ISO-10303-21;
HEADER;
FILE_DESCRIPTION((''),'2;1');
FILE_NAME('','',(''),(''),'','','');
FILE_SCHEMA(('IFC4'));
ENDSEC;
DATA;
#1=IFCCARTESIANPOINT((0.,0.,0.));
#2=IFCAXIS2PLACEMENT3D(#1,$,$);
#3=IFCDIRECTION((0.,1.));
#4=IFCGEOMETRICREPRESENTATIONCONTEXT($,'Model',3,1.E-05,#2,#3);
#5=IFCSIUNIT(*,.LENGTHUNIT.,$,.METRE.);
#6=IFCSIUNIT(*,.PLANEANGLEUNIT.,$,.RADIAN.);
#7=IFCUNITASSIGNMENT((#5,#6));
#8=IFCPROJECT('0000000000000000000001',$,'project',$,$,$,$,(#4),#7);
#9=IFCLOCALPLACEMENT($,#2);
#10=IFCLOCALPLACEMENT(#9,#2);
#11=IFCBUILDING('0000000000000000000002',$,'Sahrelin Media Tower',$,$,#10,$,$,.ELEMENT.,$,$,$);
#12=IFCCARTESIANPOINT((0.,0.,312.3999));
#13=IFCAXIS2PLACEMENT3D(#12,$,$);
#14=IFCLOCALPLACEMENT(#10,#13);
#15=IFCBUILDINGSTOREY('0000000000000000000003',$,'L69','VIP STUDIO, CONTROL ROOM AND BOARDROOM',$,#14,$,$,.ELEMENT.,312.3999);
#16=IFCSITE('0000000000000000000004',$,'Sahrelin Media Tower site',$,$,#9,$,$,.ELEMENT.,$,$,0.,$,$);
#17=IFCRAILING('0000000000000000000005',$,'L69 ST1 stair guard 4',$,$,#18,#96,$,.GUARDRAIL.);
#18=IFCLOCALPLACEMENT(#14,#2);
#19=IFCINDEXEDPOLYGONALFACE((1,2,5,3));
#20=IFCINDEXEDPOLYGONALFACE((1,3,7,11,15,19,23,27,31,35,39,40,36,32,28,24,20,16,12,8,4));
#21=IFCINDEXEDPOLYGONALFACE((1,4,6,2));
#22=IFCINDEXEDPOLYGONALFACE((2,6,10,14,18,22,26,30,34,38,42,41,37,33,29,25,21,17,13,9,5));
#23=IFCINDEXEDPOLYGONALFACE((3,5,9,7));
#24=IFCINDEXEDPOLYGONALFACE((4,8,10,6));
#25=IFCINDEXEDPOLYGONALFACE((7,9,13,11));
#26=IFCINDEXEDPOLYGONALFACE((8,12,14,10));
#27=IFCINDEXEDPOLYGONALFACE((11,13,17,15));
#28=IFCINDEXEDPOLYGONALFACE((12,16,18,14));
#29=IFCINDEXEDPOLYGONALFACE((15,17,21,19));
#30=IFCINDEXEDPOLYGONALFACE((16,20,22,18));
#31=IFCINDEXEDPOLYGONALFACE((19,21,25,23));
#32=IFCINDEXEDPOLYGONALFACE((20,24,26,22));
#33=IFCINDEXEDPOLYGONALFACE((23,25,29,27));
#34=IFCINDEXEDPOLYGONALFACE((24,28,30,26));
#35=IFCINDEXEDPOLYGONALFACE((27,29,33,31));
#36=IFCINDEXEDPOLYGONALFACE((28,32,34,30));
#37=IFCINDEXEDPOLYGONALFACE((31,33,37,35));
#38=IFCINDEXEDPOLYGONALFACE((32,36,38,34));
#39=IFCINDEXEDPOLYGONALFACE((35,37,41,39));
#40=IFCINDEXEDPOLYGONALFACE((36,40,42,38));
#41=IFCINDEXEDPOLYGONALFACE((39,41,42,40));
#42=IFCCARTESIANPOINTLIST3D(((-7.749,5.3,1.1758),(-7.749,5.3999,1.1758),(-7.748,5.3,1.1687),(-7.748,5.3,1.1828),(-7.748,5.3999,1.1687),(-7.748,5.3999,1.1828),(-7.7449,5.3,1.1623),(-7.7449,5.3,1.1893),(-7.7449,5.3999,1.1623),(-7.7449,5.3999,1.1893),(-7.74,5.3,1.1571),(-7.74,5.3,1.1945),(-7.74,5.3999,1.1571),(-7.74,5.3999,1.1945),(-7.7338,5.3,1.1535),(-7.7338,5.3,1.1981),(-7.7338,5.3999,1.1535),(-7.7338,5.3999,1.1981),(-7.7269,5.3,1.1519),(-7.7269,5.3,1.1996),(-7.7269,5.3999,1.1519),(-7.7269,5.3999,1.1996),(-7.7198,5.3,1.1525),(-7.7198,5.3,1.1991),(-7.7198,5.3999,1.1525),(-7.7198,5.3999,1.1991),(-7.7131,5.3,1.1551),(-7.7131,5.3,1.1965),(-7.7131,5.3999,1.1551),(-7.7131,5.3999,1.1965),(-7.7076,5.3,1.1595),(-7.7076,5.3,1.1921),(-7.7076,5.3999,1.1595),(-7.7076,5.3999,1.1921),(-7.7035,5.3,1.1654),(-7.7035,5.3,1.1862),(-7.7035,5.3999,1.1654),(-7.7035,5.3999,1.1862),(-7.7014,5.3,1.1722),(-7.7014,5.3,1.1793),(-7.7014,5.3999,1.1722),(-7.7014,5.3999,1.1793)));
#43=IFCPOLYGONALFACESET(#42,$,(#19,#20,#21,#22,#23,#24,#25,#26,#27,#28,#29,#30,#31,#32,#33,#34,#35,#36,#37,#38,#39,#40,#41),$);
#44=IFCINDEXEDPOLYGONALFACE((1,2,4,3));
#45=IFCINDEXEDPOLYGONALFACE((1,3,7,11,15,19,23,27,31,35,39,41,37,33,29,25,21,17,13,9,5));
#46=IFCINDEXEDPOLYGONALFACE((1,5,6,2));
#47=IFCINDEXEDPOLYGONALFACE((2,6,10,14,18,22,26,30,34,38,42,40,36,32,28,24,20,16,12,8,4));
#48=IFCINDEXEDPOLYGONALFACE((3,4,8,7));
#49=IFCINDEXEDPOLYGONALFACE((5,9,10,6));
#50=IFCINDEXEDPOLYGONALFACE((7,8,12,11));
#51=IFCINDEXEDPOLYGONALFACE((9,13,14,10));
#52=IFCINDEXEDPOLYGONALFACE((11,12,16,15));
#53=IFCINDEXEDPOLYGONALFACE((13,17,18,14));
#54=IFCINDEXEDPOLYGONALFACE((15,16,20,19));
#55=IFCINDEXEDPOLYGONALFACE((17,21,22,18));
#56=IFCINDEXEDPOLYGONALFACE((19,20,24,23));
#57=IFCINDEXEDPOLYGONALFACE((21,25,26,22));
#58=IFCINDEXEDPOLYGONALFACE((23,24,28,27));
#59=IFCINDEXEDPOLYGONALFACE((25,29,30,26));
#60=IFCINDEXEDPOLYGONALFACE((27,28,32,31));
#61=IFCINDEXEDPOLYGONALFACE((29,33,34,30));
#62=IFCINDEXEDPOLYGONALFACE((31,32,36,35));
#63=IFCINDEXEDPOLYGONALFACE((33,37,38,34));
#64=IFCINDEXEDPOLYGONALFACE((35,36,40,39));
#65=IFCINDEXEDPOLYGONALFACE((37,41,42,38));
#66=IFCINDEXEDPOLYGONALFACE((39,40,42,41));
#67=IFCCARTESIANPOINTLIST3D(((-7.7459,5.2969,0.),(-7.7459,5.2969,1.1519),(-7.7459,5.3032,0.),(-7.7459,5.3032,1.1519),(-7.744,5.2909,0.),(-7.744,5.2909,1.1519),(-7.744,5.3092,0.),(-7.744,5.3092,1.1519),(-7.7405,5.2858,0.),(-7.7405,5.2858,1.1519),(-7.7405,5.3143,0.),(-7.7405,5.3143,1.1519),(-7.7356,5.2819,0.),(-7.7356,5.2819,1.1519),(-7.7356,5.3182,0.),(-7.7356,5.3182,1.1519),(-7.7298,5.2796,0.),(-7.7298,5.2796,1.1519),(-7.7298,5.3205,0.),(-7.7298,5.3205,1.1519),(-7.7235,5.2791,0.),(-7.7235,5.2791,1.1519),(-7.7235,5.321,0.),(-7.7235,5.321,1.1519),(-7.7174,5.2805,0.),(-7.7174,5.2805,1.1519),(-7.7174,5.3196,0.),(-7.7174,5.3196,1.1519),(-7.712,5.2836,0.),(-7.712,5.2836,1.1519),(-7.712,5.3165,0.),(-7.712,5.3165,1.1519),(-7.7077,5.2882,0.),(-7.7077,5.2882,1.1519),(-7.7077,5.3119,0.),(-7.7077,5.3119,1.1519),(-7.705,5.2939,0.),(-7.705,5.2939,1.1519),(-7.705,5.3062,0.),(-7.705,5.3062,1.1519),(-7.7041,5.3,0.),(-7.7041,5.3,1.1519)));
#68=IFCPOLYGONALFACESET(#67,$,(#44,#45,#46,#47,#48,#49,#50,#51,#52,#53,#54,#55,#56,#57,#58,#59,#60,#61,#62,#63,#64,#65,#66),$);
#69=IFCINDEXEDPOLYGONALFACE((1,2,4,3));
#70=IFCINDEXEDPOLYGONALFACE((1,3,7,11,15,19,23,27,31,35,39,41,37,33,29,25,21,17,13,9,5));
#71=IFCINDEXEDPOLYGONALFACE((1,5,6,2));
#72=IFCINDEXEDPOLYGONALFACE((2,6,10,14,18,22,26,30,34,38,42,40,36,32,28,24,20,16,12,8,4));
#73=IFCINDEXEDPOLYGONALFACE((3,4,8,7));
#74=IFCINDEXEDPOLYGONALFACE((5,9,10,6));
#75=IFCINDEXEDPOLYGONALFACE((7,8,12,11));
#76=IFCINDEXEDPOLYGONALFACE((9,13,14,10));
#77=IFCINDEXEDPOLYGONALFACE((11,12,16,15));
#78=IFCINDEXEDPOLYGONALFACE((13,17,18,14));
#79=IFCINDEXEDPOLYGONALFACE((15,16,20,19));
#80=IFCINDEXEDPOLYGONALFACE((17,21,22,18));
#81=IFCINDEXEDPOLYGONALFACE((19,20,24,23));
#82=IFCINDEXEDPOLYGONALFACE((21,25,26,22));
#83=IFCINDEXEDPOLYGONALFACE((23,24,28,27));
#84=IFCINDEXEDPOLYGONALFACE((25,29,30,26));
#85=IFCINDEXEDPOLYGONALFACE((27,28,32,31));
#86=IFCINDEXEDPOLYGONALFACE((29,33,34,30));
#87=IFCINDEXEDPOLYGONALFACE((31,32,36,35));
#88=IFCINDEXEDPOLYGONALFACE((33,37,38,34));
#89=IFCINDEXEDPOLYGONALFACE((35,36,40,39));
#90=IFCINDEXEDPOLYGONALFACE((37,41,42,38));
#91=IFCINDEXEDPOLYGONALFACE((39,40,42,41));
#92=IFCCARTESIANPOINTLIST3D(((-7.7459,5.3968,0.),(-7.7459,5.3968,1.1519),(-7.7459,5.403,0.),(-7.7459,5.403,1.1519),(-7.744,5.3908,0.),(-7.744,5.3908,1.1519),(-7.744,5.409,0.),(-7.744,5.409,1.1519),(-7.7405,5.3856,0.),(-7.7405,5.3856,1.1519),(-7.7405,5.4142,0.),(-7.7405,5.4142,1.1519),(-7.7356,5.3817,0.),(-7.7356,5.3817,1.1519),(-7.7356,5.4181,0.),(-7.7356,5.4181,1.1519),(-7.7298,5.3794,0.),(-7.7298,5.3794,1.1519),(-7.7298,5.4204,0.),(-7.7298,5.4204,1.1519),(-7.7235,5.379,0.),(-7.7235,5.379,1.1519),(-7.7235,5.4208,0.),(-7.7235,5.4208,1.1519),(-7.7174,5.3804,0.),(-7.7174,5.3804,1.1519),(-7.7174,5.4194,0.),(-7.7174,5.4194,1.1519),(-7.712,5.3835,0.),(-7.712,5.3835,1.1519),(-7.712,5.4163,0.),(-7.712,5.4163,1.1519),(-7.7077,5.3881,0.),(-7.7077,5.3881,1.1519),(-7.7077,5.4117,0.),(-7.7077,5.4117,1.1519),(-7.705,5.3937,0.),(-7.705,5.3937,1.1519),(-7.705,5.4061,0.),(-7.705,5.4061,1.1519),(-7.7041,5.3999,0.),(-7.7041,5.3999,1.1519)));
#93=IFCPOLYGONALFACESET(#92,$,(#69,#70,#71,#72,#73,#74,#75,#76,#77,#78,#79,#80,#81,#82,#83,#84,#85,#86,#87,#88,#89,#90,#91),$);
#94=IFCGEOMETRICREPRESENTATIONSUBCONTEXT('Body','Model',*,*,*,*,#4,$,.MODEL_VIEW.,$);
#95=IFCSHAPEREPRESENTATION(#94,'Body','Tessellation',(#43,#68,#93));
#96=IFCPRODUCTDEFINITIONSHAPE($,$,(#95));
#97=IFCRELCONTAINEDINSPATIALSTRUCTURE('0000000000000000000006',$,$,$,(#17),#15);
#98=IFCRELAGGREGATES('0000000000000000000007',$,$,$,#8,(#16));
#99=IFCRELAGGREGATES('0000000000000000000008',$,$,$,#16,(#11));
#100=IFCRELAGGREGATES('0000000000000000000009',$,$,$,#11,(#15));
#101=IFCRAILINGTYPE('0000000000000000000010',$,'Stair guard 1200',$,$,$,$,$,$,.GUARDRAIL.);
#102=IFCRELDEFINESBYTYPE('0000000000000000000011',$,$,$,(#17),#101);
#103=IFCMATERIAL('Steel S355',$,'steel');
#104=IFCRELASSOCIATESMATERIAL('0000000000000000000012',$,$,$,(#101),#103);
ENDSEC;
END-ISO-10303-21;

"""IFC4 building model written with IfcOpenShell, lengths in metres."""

from ifc_helpers import new_model, si_unit, direction, frame, origin, origin_2d, place, context, subcontext, project, spatial, circle, extrude, material, type_object, element, save


model = new_model("IFC4")

# Units and contexts
model_context = context("Model", 3, precision=1e-05, world=origin(), true_north=direction((0.0, 1.0)))
body_context = subcontext(model_context, "Body", "Model", "MODEL_VIEW")
ifc_project = project(units=[si_unit("LENGTHUNIT", "METRE"), si_unit("PLANEANGLEUNIT", "RADIAN")], contexts=[model_context])

# Site, building, storey
site_placement = place(None, origin())
site = spatial("IfcSite", under=ifc_project, at=site_placement, Name="Sahrelin Media Tower site", CompositionType="ELEMENT", RefElevation=0.0)
building_placement = place(site_placement, origin())
building = spatial("IfcBuilding", under=site, at=building_placement, Name="Sahrelin Media Tower", CompositionType="ELEMENT")
storey_placement = place(building_placement, frame((0.0, 0.0, 312.3999)))
storey = spatial("IfcBuildingStorey", under=building, at=storey_placement, Name="L69", Description="VIP STUDIO, CONTROL ROOM AND BOARDROOM", CompositionType="ELEMENT", Elevation=312.3999)

# Shared definitions
ifc_material_1 = material(Name="Steel S355", Category="steel")

# Railing
railing_type_1 = type_object("IfcRailingType", Name="Stair guard 1200", PredefinedType="GUARDRAIL", material=ifc_material_1)
railing_1_placement = place(storey_placement, frame((-7.7251, 5.3, 0.0)))
element("IfcRailing", 1, at=railing_1_placement, inside=storey, type_object=railing_type_1, Name="L69 ST1 stair guard 4", PredefinedType="GUARDRAIL", context=body_context, shape_type="SweptSolid", body=[
    extrude(circle(Radius=0.0239, at=origin_2d()), frame((0.0, 0.0, 1.1758), z_axis=(0.0, 1.0, 0.0), x_axis=(-1.0, 0.0, 0.0)), (0.0, 0.0, 1.0), 0.0999),
    extrude(circle(Radius=0.021, at=origin_2d()), origin(), (0.0, 0.0, 1.0), 1.1519),
    extrude(circle(Radius=0.021, at=origin_2d()), frame((0.0, 0.0999, 0.0)), (0.0, 0.0, 1.0), 1.1519),
])

save(model, "model.ifc")
